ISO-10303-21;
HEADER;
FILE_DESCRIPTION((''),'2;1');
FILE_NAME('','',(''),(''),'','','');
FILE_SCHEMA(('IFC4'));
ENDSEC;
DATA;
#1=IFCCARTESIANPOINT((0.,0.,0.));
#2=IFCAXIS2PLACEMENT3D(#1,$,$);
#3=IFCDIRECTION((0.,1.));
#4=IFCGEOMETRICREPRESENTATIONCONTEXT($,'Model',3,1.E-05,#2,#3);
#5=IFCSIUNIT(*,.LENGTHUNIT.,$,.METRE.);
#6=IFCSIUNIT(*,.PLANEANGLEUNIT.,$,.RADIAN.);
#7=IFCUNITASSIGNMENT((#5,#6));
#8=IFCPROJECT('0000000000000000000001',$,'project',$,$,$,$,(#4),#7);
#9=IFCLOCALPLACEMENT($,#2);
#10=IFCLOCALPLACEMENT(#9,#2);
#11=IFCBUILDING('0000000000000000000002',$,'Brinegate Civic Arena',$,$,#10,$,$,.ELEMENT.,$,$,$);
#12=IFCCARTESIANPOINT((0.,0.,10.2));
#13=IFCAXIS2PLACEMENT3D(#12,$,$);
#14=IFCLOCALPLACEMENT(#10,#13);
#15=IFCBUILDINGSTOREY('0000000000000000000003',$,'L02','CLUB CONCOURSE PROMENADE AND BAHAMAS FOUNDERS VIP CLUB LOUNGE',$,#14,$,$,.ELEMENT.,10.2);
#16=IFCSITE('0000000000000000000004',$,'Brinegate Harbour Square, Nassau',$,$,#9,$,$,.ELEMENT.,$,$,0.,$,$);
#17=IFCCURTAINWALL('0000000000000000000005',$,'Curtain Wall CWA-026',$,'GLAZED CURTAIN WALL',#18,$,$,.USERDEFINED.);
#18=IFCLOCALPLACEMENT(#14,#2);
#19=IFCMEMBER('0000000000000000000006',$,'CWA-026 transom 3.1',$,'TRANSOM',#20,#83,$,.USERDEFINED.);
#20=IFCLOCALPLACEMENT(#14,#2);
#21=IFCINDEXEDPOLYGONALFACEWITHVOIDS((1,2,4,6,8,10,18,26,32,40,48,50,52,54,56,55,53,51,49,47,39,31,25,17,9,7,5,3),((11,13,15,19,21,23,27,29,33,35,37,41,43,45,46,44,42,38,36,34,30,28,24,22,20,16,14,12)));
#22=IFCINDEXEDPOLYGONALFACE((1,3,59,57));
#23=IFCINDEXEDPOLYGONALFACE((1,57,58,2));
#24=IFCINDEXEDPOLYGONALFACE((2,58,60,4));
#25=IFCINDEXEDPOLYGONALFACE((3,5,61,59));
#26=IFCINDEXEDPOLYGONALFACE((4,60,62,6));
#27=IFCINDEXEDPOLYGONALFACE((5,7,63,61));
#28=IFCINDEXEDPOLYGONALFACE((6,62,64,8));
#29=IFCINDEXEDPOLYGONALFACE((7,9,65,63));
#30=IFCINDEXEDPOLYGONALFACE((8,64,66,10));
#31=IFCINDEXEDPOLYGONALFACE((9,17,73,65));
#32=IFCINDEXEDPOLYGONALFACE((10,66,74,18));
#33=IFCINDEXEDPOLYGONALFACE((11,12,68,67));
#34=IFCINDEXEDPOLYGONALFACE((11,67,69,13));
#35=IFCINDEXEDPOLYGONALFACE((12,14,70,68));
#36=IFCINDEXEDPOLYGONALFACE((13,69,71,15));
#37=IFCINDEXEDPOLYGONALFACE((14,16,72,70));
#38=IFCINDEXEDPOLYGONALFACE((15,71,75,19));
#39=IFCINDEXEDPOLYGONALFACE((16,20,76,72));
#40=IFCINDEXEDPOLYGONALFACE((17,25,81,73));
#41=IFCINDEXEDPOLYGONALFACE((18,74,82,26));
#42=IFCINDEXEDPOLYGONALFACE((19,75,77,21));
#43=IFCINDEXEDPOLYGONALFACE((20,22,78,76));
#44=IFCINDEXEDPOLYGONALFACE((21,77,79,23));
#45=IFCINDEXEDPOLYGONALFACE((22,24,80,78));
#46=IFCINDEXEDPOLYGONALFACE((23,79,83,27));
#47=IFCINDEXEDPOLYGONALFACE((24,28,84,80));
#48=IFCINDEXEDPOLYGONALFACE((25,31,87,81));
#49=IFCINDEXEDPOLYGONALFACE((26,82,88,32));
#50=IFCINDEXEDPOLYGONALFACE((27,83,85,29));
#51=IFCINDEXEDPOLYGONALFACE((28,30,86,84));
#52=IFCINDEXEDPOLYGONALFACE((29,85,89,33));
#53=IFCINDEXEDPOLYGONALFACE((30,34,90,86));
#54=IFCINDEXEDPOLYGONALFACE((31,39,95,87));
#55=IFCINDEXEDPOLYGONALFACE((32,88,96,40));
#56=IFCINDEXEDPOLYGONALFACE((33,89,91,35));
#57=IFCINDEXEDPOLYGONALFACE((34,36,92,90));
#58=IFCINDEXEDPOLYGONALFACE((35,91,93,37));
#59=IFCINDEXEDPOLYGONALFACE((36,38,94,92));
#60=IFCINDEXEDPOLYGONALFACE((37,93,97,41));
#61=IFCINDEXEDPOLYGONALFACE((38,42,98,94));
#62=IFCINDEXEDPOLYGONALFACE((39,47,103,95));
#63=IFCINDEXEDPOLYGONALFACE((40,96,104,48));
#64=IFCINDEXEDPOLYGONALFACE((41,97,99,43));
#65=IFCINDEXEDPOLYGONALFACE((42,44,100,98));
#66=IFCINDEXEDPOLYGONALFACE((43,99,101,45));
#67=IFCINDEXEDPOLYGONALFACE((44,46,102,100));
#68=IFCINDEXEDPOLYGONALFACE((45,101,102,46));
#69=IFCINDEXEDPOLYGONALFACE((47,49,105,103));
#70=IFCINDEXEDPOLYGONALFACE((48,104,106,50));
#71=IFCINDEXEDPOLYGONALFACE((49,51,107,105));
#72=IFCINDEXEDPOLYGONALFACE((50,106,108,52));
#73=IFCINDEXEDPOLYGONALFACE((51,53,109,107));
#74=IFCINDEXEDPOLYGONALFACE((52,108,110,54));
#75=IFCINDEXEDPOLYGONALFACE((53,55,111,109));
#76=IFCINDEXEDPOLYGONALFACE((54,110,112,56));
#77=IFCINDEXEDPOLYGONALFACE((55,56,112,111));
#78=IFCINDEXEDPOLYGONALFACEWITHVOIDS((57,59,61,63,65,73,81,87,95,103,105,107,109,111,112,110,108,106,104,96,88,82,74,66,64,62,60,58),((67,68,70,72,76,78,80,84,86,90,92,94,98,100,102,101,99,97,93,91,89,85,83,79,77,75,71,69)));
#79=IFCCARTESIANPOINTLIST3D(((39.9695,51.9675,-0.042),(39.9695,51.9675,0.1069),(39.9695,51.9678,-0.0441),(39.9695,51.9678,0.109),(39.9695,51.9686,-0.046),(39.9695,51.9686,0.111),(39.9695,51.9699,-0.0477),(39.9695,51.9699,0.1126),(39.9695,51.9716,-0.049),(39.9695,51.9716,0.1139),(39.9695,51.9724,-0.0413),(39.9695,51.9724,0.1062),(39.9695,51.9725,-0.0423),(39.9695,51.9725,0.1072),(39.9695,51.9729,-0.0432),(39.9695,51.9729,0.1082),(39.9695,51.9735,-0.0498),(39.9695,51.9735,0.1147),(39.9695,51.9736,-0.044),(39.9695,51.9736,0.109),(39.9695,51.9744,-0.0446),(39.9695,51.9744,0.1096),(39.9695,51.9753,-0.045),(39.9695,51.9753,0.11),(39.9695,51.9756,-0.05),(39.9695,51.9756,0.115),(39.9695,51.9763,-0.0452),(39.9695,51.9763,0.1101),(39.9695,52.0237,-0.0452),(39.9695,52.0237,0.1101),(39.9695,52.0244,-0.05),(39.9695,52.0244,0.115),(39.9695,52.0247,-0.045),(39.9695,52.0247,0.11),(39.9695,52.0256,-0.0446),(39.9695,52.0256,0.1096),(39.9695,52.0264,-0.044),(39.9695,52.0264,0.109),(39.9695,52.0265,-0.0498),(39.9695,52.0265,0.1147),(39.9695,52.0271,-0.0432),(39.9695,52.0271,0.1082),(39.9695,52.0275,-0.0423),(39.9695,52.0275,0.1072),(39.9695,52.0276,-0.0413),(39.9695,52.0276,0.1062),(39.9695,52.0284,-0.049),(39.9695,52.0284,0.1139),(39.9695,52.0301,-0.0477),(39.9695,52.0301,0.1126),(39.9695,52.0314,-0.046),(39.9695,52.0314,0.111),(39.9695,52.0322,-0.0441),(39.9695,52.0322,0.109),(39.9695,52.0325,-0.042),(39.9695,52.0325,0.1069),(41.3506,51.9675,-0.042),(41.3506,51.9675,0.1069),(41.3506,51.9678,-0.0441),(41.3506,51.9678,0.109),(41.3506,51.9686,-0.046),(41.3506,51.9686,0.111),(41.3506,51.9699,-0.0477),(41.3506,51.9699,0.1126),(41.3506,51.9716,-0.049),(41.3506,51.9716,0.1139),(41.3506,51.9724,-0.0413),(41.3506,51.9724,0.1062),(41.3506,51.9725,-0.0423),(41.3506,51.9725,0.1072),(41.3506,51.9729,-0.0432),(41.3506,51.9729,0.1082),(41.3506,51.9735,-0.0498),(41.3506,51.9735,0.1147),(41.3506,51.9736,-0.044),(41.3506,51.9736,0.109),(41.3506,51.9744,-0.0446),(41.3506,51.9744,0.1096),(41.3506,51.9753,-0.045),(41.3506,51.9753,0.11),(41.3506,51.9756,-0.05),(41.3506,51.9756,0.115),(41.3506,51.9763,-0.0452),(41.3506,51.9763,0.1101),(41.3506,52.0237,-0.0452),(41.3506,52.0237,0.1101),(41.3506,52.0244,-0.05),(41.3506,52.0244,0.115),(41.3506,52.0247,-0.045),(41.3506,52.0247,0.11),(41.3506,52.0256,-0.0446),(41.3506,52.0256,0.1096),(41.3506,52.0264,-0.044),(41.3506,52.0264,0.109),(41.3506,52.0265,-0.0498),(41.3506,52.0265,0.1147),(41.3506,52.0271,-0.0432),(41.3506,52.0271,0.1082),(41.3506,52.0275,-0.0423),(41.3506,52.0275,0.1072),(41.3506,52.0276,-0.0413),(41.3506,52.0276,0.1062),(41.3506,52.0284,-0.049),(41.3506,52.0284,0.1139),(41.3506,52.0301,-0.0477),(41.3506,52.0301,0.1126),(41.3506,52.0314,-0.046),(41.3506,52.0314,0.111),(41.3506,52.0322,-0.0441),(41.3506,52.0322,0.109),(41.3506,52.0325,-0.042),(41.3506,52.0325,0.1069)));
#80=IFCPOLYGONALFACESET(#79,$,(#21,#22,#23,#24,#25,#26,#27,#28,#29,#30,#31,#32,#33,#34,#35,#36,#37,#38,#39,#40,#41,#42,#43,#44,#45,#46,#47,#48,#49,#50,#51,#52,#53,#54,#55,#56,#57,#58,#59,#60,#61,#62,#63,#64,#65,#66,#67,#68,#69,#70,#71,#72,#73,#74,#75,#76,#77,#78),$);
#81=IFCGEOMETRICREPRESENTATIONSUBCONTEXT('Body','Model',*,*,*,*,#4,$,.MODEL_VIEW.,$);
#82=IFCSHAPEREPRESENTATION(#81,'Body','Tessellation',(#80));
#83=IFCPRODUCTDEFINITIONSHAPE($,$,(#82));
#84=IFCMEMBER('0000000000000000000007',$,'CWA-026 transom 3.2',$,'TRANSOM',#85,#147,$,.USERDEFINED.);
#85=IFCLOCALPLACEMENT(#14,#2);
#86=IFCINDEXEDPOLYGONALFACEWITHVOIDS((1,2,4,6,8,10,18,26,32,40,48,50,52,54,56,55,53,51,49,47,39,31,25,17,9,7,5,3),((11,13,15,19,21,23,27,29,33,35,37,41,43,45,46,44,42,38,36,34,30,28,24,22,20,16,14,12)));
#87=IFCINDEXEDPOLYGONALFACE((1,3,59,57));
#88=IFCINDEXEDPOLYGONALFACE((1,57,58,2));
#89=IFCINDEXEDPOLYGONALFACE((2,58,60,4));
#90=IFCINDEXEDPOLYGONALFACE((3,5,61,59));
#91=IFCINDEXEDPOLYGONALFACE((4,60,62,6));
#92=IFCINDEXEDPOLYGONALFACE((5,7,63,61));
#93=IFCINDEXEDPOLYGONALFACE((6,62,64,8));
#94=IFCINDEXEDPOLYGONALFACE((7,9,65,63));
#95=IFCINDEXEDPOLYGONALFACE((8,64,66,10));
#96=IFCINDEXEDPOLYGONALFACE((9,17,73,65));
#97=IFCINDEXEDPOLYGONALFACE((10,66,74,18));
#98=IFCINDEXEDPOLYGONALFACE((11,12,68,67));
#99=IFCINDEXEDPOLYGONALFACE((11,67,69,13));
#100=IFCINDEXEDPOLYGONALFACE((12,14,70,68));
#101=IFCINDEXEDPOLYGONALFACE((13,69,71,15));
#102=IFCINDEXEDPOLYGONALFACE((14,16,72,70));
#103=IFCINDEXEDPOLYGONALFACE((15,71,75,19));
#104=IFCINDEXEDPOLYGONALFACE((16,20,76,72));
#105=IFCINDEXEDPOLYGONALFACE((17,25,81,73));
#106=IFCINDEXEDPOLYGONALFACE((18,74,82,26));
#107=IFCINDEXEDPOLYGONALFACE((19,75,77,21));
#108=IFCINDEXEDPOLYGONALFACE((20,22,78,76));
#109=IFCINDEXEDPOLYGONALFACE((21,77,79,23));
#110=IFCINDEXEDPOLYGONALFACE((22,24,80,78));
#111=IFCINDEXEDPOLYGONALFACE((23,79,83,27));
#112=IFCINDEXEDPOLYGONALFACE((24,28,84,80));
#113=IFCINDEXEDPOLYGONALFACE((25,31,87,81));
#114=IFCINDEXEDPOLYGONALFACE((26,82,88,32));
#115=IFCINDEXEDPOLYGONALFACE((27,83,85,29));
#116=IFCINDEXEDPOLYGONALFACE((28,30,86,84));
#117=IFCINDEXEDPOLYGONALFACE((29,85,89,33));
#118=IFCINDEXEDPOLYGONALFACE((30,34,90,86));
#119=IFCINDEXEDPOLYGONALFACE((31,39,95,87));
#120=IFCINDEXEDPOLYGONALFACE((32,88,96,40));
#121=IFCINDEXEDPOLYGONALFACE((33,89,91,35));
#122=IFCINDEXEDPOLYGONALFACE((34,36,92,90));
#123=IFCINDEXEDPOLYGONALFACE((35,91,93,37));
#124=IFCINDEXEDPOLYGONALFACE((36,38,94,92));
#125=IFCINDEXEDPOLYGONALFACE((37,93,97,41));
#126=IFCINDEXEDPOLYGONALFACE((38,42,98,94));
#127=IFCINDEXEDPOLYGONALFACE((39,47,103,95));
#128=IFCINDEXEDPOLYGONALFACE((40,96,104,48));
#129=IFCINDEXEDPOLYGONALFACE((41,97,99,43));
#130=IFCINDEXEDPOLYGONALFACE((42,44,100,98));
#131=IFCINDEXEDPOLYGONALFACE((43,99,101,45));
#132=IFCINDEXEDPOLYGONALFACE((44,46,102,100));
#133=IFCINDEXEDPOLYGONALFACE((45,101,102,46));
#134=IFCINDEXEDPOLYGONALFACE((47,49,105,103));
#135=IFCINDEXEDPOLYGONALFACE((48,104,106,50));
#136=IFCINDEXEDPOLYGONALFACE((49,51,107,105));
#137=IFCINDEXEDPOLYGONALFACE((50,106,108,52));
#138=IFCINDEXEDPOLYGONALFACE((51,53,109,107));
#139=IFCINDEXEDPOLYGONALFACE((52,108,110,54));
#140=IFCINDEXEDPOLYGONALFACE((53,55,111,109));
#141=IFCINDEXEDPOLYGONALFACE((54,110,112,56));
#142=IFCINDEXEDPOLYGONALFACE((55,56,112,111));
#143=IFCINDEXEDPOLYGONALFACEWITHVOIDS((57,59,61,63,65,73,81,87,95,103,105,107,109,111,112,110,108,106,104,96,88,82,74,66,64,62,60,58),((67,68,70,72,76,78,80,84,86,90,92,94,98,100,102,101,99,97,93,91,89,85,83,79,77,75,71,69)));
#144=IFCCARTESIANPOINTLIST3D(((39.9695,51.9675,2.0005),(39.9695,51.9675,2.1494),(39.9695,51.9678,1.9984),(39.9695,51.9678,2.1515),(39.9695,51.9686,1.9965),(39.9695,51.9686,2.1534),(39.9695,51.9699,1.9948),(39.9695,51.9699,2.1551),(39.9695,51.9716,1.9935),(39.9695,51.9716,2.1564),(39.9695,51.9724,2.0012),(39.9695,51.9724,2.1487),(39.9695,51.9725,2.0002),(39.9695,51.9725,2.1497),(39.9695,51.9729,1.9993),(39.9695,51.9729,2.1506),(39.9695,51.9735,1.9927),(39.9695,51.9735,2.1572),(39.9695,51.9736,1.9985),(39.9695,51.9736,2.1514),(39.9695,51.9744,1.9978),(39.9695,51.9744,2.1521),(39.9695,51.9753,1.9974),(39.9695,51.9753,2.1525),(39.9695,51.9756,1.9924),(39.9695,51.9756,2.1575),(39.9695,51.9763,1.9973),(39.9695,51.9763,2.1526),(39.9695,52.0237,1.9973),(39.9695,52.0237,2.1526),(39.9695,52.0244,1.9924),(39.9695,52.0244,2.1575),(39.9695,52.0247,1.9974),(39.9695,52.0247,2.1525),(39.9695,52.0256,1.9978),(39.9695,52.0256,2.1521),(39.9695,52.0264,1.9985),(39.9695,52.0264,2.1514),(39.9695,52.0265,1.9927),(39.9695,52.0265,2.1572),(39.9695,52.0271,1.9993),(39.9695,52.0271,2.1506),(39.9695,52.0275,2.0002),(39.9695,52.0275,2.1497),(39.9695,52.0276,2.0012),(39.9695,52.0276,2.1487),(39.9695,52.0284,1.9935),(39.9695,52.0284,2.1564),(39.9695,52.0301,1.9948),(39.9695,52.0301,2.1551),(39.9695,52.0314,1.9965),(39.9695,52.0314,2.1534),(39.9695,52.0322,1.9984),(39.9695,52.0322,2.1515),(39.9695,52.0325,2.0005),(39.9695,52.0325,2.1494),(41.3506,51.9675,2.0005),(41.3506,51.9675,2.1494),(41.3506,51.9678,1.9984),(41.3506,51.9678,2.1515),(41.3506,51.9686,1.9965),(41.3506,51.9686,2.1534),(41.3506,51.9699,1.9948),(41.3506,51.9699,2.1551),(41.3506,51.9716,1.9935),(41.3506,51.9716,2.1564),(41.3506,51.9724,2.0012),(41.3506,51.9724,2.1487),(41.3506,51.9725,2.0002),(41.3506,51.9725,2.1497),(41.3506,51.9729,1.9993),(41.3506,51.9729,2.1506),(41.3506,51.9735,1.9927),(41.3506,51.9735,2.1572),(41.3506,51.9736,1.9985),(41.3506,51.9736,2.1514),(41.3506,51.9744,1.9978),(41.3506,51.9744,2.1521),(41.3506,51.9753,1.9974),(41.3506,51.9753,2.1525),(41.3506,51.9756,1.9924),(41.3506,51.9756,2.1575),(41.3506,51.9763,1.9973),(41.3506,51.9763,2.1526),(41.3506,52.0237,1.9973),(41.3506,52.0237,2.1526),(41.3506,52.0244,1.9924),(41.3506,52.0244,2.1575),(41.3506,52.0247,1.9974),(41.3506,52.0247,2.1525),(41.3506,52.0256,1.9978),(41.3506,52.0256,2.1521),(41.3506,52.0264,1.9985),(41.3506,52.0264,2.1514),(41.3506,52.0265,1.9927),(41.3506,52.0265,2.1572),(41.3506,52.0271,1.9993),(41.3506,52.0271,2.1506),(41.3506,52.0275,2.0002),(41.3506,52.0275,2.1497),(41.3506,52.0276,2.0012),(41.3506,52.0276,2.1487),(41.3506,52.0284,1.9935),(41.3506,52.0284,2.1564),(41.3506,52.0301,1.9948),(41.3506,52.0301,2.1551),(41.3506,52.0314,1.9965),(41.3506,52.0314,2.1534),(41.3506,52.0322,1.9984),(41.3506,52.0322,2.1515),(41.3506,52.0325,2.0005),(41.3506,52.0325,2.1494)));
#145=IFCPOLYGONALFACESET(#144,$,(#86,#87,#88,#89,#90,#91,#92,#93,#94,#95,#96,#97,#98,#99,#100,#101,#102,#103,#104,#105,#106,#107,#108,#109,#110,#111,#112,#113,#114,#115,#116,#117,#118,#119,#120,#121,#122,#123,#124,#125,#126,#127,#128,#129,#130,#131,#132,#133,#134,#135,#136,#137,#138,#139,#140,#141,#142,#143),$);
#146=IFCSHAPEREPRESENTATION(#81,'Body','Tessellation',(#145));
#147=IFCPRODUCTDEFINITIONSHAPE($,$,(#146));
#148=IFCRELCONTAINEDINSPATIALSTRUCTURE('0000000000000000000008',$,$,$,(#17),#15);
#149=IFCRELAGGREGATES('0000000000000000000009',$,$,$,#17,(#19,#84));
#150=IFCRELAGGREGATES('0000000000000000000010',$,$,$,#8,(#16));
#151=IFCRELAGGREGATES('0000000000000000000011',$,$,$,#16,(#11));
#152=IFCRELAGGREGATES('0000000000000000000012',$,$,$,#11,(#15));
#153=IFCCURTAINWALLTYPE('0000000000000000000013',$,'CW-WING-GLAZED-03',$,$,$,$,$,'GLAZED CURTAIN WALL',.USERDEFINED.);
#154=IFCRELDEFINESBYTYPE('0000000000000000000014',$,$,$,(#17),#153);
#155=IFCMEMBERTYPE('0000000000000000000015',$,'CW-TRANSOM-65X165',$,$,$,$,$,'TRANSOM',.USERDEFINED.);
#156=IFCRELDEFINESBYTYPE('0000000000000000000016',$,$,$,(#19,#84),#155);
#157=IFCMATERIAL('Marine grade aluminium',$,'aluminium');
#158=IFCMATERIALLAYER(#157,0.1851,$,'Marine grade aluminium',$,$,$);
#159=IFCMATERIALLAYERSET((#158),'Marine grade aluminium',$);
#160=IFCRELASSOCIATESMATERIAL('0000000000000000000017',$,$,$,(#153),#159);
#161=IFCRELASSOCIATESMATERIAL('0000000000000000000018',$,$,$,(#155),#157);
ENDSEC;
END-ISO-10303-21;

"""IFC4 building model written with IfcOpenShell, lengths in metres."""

from ifc_helpers import new_model, si_unit, direction, frame, origin, origin_2d, place, context, subcontext, project, spatial, hollow_rectangle, extrude, material, layer, layer_set, material_profile, profile_set, type_object, element, aggregate, save


model = new_model("IFC4")

# Units and contexts
model_context = context("Model", 3, precision=1e-05, world=origin(), true_north=direction((0.0, 1.0)))
body_context = subcontext(model_context, "Body", "Model", "MODEL_VIEW")
ifc_project = project(units=[si_unit("LENGTHUNIT", "METRE"), si_unit("PLANEANGLEUNIT", "RADIAN")], contexts=[model_context])

# Site, building, storey
site_placement = place(None, origin())
site = spatial("IfcSite", under=ifc_project, at=site_placement, Name="Brinegate Harbour Square, Nassau", CompositionType="ELEMENT", RefElevation=0.0)
building_placement = place(site_placement, origin())
building = spatial("IfcBuilding", under=site, at=building_placement, Name="Brinegate Civic Arena", CompositionType="ELEMENT")
storey_placement = place(building_placement, frame((0.0, 0.0, 10.2)))
storey = spatial("IfcBuildingStorey", under=building, at=storey_placement, Name="L02", Description="CLUB CONCOURSE PROMENADE AND BAHAMAS FOUNDERS VIP CLUB LOUNGE", CompositionType="ELEMENT", Elevation=10.2)

# Curtain wall
ifc_material_1 = material(Name="Marine grade aluminium", Category="aluminium")
ifc_layer_1 = layer(ifc_material_1, 0.1851, Name="Marine grade aluminium")
ifc_layer_set_1 = layer_set([ifc_layer_1], Name="Marine grade aluminium")
curtain_wall_type = type_object("IfcCurtainWallType", Name="CW-WING-GLAZED-03", ElementType="GLAZED CURTAIN WALL", PredefinedType="USERDEFINED", material=ifc_layer_set_1)
curtain_wall_1_placement = place(storey_placement, origin())
curtain_wall_1 = element("IfcCurtainWall", 1, at=curtain_wall_1_placement, inside=storey, type_object=curtain_wall_type, Name="Curtain Wall CWA-026", ObjectType="GLAZED CURTAIN WALL", PredefinedType="USERDEFINED")

# Members
ifc_material_profile_1 = material_profile(ifc_material_1, hollow_rectangle(XDim=0.0649, YDim=0.165, WallThickness=0.0049, InnerFilletRadius=0.0039, OuterFilletRadius=0.0081, at=origin_2d()), Name="TRN65X165")
ifc_profile_set_1 = profile_set([ifc_material_profile_1], Name="Marine grade aluminium")
member_type_1 = type_object("IfcMemberType", Name="CW-TRANSOM-65X165", ElementType="TRANSOM", PredefinedType="USERDEFINED", material=ifc_profile_set_1)
member_1_placement = place(storey_placement, frame((39.9695, 52.0, 0.0325), z_axis=(1.0, 0.0, 0.0), x_axis=(0.0, 1.0, 0.0)))
member_1 = element("IfcMember", 2, at=member_1_placement, type_object=member_type_1, Name="CWA-026 transom 3.1", ObjectType="TRANSOM", PredefinedType="USERDEFINED", context=body_context, shape_type="SweptSolid", body=[
    extrude(hollow_rectangle(XDim=0.0649, YDim=0.165, WallThickness=0.0049, InnerFilletRadius=0.0039, OuterFilletRadius=0.0081, at=origin_2d()), origin(), (0.0, 0.0, 1.0), 1.3811),
])
member_2_placement = place(storey_placement, frame((39.9695, 52.0, 2.075), z_axis=(1.0, 0.0, 0.0), x_axis=(0.0, 1.0, 0.0)))
member_2 = element("IfcMember", 3, at=member_2_placement, type_object=member_type_1, Name="CWA-026 transom 3.2", ObjectType="TRANSOM", PredefinedType="USERDEFINED", context=body_context, shape_type="SweptSolid", body=[
    extrude(hollow_rectangle(XDim=0.0649, YDim=0.165, WallThickness=0.0049, InnerFilletRadius=0.0039, OuterFilletRadius=0.0081, at=origin_2d()), origin(), (0.0, 0.0, 1.0), 1.3811),
])

aggregate(curtain_wall_1, [member_1, member_2])

save(model, "model.ifc")
